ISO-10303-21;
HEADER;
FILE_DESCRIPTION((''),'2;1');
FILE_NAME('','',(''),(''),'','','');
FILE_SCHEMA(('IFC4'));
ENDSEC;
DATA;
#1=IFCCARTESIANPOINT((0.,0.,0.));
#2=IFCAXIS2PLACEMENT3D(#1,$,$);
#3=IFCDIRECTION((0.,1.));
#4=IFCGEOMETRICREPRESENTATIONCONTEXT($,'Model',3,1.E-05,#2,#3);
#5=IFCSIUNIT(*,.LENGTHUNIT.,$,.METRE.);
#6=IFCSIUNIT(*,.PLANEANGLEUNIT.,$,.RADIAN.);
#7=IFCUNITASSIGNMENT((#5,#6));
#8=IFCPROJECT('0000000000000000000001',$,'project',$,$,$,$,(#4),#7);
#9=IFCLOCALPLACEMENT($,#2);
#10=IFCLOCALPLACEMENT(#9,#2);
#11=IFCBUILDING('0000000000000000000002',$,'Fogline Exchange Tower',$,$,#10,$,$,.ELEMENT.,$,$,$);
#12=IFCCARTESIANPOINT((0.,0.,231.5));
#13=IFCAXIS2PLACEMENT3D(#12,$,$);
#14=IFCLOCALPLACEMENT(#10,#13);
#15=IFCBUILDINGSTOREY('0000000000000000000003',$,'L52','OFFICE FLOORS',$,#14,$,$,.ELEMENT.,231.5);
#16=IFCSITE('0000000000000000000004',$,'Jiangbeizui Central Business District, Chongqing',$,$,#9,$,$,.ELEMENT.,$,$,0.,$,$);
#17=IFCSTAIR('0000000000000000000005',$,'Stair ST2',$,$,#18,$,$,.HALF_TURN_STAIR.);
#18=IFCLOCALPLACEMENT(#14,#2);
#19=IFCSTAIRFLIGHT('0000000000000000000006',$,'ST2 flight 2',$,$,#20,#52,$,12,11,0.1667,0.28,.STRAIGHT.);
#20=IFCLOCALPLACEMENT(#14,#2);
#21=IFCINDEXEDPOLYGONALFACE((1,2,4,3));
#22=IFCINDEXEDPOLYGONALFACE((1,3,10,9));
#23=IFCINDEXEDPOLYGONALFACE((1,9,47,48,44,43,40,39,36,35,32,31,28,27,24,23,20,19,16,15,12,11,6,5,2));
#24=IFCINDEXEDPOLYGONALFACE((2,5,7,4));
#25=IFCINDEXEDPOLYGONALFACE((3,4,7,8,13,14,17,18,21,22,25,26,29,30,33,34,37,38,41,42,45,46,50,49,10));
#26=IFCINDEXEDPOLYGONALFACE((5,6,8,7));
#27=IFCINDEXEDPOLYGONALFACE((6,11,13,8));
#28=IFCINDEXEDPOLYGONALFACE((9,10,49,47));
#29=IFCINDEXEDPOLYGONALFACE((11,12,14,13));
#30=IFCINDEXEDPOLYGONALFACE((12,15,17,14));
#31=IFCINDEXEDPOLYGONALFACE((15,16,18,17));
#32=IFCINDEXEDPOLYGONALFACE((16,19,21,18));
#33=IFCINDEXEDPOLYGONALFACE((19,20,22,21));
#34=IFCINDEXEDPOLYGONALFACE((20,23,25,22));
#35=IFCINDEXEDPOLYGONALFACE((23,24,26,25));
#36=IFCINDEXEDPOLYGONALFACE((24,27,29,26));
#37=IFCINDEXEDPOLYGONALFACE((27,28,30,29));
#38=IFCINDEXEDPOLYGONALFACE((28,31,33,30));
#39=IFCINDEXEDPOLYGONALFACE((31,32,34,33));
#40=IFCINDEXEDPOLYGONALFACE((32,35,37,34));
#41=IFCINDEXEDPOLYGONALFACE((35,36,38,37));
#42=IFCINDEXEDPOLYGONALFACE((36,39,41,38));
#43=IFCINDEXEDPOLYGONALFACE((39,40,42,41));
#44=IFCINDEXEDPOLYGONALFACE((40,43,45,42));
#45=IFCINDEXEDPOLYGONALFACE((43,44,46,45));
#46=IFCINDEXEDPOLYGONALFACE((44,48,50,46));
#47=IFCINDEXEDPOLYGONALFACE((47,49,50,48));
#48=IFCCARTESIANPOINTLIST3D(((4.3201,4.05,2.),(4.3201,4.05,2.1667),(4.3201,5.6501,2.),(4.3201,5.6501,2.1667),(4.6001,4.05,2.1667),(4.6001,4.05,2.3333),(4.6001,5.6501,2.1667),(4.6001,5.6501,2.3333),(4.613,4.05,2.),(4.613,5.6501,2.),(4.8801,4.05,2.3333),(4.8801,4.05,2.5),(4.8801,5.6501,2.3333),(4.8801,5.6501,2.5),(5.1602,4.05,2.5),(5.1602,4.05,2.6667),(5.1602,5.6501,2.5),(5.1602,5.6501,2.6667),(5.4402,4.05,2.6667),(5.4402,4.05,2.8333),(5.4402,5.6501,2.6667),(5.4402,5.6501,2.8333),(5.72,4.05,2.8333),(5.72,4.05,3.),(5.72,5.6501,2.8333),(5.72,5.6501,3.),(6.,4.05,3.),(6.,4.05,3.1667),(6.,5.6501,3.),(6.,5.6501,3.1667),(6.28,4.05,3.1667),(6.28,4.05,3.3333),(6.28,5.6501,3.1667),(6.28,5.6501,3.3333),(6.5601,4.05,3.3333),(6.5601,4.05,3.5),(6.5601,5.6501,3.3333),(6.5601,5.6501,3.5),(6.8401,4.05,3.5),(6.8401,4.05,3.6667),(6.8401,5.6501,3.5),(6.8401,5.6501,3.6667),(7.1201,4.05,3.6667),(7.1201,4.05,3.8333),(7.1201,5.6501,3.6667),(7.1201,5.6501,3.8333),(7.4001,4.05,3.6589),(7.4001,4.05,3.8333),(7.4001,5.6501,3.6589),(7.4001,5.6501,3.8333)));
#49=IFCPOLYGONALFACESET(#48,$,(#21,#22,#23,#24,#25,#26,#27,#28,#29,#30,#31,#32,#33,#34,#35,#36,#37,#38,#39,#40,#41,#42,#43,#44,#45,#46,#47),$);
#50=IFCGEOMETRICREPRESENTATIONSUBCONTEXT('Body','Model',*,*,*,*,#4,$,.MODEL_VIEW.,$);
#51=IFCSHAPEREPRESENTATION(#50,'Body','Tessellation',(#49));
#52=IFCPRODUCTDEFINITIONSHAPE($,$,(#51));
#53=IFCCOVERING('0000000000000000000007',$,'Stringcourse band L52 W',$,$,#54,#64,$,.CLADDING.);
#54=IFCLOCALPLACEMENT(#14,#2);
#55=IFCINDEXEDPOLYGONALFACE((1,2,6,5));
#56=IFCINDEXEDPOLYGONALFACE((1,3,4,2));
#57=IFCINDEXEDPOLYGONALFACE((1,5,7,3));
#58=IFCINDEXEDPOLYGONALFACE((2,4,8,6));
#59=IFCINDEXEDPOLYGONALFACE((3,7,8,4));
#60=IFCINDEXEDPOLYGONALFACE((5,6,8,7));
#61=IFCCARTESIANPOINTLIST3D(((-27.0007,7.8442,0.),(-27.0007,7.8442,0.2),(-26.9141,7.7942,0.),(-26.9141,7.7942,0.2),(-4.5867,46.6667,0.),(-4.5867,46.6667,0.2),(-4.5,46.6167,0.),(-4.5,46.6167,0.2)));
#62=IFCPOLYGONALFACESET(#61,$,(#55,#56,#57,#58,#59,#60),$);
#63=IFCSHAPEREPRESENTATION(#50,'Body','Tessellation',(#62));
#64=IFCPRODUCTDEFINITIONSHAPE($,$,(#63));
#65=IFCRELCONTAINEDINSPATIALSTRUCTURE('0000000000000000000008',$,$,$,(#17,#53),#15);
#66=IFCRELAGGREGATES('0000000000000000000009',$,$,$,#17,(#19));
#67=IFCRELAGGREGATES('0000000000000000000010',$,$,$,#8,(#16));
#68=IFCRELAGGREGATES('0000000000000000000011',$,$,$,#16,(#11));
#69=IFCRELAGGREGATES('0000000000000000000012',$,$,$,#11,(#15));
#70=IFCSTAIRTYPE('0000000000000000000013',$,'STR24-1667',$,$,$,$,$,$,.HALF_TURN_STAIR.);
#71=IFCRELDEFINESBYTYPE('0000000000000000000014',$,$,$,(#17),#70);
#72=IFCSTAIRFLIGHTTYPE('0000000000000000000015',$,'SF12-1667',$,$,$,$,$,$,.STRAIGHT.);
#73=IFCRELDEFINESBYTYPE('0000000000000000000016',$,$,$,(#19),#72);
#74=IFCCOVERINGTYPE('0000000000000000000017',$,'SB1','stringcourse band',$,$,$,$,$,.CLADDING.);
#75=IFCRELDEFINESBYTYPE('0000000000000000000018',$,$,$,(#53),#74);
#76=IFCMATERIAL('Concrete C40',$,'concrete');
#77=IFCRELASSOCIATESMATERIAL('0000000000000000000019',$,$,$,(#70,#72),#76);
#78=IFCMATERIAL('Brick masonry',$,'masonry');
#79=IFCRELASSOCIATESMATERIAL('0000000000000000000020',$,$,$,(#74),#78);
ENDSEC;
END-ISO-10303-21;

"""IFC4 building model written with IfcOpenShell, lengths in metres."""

from ifc_helpers import new_model, si_unit, direction, frame, origin, place, context, subcontext, project, spatial, polyline, outline, extrude, material, type_object, element, aggregate, save


model = new_model("IFC4")

# Units and contexts
model_context = context("Model", 3, precision=1e-05, world=origin(), true_north=direction((0.0, 1.0)))
body_context = subcontext(model_context, "Body", "Model", "MODEL_VIEW")
ifc_project = project(units=[si_unit("LENGTHUNIT", "METRE"), si_unit("PLANEANGLEUNIT", "RADIAN")], contexts=[model_context])

# Site, building, storey
site_placement = place(None, origin())
site = spatial("IfcSite", under=ifc_project, at=site_placement, Name="Jiangbeizui Central Business District, Chongqing", CompositionType="ELEMENT", RefElevation=0.0)
building_placement = place(site_placement, origin())
building = spatial("IfcBuilding", under=site, at=building_placement, Name="Fogline Exchange Tower", CompositionType="ELEMENT")
storey_placement = place(building_placement, frame((0.0, 0.0, 231.5)))
storey = spatial("IfcBuildingStorey", under=building, at=storey_placement, Name="L52", Description="OFFICE FLOORS", CompositionType="ELEMENT", Elevation=231.5)

# Shared definitions
ifc_material_1 = material(Name="Concrete C40", Category="concrete")

# Stair
stair_type = type_object("IfcStairType", Name="STR24-1667", PredefinedType="HALF_TURN_STAIR", material=ifc_material_1)
stair_1_placement = place(storey_placement, origin())
stair_1 = element("IfcStair", 1, at=stair_1_placement, inside=storey, type_object=stair_type, Name="Stair ST2", PredefinedType="HALF_TURN_STAIR")

# Stair flight
stair_flight_type = type_object("IfcStairFlightType", Name="SF12-1667", PredefinedType="STRAIGHT", material=ifc_material_1)
stair_flight_placement = place(storey_placement, frame((4.3201, 4.8501, 2.0), z_axis=(0.0, 0.0, 1.0), x_axis=(1.0, 0.0, 0.0)))
stair_flight = element("IfcStairFlight", 2, at=stair_flight_placement, type_object=stair_flight_type, Name="ST2 flight 2", NumberOfRisers=12, NumberOfTreads=11, PredefinedType="STRAIGHT", RiserHeight=0.1667, TreadLength=0.28, context=body_context, shape_type="SweptSolid", body=[
    extrude(outline(polyline([(0.0, 0.0), (0.0, 0.1667), (0.28, 0.1667), (0.28, 0.3333), (0.5601, 0.3333), (0.5601, 0.5), (0.8401, 0.5), (0.8401, 0.6667), (1.1201, 0.6667), (1.1201, 0.8333), (1.3999, 0.8333), (1.3999, 1.0), (1.6799, 1.0), (1.6799, 1.1667), (1.96, 1.1667), (1.96, 1.3333), (2.24, 1.3333), (2.24, 1.5), (2.52, 1.5), (2.52, 1.6667), (2.8, 1.6667), (2.8, 1.8333), (3.0801, 1.8333), (3.0801, 2.0), (3.0801, 1.6589), (0.293, 0.0), (0.0, 0.0)])), frame((0.0, 0.8, 0.0), z_axis=(0.0, -1.0, 0.0), x_axis=(1.0, 0.0, 0.0)), (0.0, 0.0, 1.0), 1.6001),
])
aggregate(stair_1, [stair_flight])

# Covering
ifc_material_2 = material(Name="Brick masonry", Category="masonry")
covering_type = type_object("IfcCoveringType", Name="SB1", Description="stringcourse band", PredefinedType="CLADDING", material=ifc_material_2)
covering_placement = place(storey_placement, origin())
element("IfcCovering", 3, at=covering_placement, inside=storey, type_object=covering_type, Name="Stringcourse band L52 W", PredefinedType="CLADDING", context=body_context, shape_type="SweptSolid", body=[
    extrude(outline(polyline([(-4.5, 46.6167), (-4.5867, 46.6667), (-27.0007, 7.8442), (-26.9141, 7.7942), (-4.5, 46.6167)])), origin(), (0.0, 0.0, 1.0), 0.2),
])

save(model, "model.ifc")
